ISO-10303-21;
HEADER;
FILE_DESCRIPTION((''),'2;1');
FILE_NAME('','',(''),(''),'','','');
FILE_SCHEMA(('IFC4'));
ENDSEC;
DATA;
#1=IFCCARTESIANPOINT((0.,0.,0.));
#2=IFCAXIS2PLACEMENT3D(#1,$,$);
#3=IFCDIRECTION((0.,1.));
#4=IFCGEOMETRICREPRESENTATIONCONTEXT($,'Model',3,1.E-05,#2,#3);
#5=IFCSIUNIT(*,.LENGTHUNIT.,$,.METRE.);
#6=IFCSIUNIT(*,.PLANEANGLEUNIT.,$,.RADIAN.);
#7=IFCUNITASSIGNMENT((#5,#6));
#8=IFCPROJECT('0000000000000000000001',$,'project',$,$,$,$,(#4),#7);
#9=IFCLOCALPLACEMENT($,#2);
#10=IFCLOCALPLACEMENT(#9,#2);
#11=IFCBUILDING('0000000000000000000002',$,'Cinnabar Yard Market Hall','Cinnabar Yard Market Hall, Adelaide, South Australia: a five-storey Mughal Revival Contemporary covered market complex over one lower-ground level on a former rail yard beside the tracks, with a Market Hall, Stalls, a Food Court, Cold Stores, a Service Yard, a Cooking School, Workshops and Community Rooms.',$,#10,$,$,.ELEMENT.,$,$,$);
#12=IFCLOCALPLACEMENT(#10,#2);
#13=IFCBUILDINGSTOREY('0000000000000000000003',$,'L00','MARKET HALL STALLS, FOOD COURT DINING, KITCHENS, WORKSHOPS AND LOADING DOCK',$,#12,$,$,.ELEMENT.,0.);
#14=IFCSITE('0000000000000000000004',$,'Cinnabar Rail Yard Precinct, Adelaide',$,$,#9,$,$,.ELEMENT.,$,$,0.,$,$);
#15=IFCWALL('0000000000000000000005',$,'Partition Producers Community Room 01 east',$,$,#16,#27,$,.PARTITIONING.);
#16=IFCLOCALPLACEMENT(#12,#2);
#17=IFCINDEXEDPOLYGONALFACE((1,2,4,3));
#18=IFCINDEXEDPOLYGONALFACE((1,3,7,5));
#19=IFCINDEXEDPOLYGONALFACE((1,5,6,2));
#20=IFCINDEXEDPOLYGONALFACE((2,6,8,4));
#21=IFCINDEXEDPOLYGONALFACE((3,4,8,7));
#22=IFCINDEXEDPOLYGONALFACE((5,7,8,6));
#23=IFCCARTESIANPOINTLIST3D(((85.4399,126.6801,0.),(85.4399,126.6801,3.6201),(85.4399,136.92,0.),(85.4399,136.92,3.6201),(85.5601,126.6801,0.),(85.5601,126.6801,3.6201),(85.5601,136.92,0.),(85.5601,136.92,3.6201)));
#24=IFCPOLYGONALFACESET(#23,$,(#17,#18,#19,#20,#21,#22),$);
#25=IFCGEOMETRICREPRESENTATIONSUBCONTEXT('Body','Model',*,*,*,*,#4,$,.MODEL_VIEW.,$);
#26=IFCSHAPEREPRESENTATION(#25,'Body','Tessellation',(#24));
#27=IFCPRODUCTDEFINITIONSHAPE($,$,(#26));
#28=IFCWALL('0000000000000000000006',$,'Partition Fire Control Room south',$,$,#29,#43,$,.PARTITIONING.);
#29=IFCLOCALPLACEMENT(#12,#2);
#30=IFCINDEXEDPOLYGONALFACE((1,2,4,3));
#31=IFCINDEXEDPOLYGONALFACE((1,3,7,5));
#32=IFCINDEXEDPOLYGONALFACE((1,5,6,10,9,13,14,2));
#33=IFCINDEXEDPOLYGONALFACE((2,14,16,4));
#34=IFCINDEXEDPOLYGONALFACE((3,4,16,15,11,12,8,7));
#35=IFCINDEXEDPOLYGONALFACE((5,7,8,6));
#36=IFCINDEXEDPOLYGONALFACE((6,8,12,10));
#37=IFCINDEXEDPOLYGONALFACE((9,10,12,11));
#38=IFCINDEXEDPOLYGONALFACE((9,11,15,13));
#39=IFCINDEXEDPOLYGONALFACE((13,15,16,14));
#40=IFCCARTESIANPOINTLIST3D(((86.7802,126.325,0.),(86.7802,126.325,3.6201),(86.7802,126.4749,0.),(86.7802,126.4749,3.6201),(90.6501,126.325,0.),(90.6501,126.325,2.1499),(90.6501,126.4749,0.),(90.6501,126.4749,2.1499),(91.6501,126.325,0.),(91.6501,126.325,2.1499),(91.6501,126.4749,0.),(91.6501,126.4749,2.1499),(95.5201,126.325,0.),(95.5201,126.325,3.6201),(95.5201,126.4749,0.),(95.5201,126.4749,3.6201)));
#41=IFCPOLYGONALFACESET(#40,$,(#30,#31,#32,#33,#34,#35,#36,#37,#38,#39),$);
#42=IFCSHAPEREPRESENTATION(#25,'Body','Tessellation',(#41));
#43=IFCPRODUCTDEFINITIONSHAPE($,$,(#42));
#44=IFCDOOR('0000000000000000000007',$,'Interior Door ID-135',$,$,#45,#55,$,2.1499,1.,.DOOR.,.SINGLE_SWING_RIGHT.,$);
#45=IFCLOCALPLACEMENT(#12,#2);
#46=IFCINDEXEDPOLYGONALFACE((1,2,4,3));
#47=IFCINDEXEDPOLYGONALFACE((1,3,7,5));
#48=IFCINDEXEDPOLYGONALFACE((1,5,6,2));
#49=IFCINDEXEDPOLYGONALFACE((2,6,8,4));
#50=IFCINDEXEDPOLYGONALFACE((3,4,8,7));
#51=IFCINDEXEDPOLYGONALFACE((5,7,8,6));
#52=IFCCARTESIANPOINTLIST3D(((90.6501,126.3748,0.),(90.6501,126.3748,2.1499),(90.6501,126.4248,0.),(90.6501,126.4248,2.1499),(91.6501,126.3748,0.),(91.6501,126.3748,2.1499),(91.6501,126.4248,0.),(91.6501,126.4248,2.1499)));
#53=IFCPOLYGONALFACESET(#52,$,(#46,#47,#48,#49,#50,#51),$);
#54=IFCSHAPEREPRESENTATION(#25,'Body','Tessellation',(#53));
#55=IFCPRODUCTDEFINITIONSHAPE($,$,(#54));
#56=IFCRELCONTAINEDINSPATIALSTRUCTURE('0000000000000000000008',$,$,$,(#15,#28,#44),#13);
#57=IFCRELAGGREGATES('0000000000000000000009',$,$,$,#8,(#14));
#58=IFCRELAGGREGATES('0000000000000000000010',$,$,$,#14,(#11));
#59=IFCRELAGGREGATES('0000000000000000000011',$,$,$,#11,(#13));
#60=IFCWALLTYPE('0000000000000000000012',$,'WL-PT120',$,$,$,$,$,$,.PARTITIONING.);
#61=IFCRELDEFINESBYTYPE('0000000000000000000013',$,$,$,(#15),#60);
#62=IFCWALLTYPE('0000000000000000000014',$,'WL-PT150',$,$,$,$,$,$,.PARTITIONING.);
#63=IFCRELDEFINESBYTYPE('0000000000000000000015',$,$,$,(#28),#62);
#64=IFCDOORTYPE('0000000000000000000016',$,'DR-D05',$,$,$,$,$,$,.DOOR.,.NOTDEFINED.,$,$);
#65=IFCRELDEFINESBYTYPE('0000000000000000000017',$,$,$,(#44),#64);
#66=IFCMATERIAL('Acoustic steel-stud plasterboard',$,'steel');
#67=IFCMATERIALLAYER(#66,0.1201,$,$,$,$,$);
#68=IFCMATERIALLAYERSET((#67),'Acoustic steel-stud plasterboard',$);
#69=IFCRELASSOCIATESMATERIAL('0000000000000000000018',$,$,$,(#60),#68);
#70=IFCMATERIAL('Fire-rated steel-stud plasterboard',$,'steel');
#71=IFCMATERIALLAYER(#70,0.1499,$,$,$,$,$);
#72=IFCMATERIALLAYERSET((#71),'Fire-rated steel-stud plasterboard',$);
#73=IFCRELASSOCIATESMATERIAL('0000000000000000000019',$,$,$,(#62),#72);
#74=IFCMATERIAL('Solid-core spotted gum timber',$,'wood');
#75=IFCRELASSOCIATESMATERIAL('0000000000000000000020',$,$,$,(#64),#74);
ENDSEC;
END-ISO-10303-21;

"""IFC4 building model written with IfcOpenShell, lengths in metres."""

from ifc_helpers import new_model, si_unit, direction, frame, frame_2d, origin, place, context, subcontext, project, spatial, rectangle, extrude, material, layer, layer_set, type_object, element, fill, save


model = new_model("IFC4")

# Units and contexts
model_context = context("Model", 3, precision=1e-05, world=origin(), true_north=direction((0.0, 1.0)))
body_context = subcontext(model_context, "Body", "Model", "MODEL_VIEW")
ifc_project = project(units=[si_unit("LENGTHUNIT", "METRE"), si_unit("PLANEANGLEUNIT", "RADIAN")], contexts=[model_context])

# Site, building, storey
site_placement = place(None, origin())
site = spatial("IfcSite", under=ifc_project, at=site_placement, Name="Cinnabar Rail Yard Precinct, Adelaide", CompositionType="ELEMENT", RefElevation=0.0)
building_placement = place(site_placement, origin())
building = spatial("IfcBuilding", under=site, at=building_placement, Name="Cinnabar Yard Market Hall", Description="Cinnabar Yard Market Hall, Adelaide, South Australia: a five-storey Mughal Revival Contemporary covered market complex over one lower-ground level on a former rail yard beside the tracks, with a Market Hall, Stalls, a Food Court, Cold Stores, a Service Yard, a Cooking School, Workshops and Community Rooms.", CompositionType="ELEMENT")
storey_placement = place(building_placement, origin())
storey = spatial("IfcBuildingStorey", under=building, at=storey_placement, Name="L00", Description="MARKET HALL STALLS, FOOD COURT DINING, KITCHENS, WORKSHOPS AND LOADING DOCK", CompositionType="ELEMENT", Elevation=0.0)

# Shared definitions
ifc_material_1 = material(Name="Acoustic steel-stud plasterboard", Category="steel")
ifc_layer_1 = layer(ifc_material_1, 0.1201)
ifc_layer_set_1 = layer_set([ifc_layer_1], Name="Acoustic steel-stud plasterboard")
wall_type_1 = type_object("IfcWallType", Name="WL-PT120", PredefinedType="PARTITIONING", material=ifc_layer_set_1)
ifc_material_2 = material(Name="Solid-core spotted gum timber", Category="wood")

# Wall
wall_1_placement = place(storey_placement, frame((85.5, 126.6799, 0.0), z_axis=(0.0, 0.0, 1.0), x_axis=(0.0, 1.0, 0.0)))
element("IfcWall", 1, at=wall_1_placement, inside=storey, type_object=wall_type_1, Name="Partition Producers Community Room 01 east", PredefinedType="PARTITIONING", context=body_context, shape_type="SweptSolid", body=[
    extrude(rectangle(XDim=10.24, YDim=0.1201, at=frame_2d((5.1201, 0.0), x_axis=(1.0, 0.0))), origin(), (0.0, 0.0, 1.0), 3.6201),
])

# Wall, opening, door
ifc_material_3 = material(Name="Fire-rated steel-stud plasterboard", Category="steel")
ifc_layer_2 = layer(ifc_material_3, 0.1499)
ifc_layer_set_2 = layer_set([ifc_layer_2], Name="Fire-rated steel-stud plasterboard")
wall_type_2 = type_object("IfcWallType", Name="WL-PT150", PredefinedType="PARTITIONING", material=ifc_layer_set_2)
wall_2_placement = place(storey_placement, frame((86.78, 126.3999, 0.0), z_axis=(0.0, 0.0, 1.0), x_axis=(1.0, 0.0, 0.0)))
wall_2 = element("IfcWall", 2, at=wall_2_placement, inside=storey, type_object=wall_type_2, Name="Partition Fire Control Room south", PredefinedType="PARTITIONING", context=body_context, shape_type="SweptSolid", body=[
    extrude(rectangle(XDim=8.74, YDim=0.1499, at=frame_2d((4.3701, 0.0), x_axis=(1.0, 0.0))), origin(), (0.0, 0.0, 1.0), 3.6201),
])
opening_1_placement = place(wall_2_placement, frame((3.8701, 0.0, 0.0)))
opening_1 = element("IfcOpeningElement", 3, at=opening_1_placement, cuts=wall_2, PredefinedType="OPENING", context=body_context, shape_type="SweptSolid", body=[
    extrude(rectangle(XDim=1.0, YDim=2.1499, at=frame_2d((0.5, 1.075), x_axis=(1.0, 0.0))), frame((0.0, 0.085, 0.0), z_axis=(0.0, -1.0, 0.0), x_axis=(1.0, 0.0, 0.0)), (0.0, 0.0, 1.0), 0.1699),
])
door_type_1 = type_object("IfcDoorType", Name="DR-D05", OperationType="NOTDEFINED", PredefinedType="DOOR", material=ifc_material_2)
door_1_placement = place(opening_1_placement, origin())
door_1 = element("IfcDoor", 4, at=door_1_placement, inside=storey, type_object=door_type_1, Name="Interior Door ID-135", OperationType="SINGLE_SWING_RIGHT", OverallHeight=2.1499, OverallWidth=1.0, PredefinedType="DOOR", context=body_context, shape_type="SweptSolid", body=[
    extrude(rectangle(XDim=1.0, YDim=2.1499, at=frame_2d((0.5, 1.075), x_axis=(1.0, 0.0))), frame((0.0, 0.0249, 0.0), z_axis=(0.0, -1.0, 0.0), x_axis=(1.0, 0.0, 0.0)), (0.0, 0.0, 1.0), 0.05),
])
fill(opening_1, door_1)

save(model, "model.ifc")
